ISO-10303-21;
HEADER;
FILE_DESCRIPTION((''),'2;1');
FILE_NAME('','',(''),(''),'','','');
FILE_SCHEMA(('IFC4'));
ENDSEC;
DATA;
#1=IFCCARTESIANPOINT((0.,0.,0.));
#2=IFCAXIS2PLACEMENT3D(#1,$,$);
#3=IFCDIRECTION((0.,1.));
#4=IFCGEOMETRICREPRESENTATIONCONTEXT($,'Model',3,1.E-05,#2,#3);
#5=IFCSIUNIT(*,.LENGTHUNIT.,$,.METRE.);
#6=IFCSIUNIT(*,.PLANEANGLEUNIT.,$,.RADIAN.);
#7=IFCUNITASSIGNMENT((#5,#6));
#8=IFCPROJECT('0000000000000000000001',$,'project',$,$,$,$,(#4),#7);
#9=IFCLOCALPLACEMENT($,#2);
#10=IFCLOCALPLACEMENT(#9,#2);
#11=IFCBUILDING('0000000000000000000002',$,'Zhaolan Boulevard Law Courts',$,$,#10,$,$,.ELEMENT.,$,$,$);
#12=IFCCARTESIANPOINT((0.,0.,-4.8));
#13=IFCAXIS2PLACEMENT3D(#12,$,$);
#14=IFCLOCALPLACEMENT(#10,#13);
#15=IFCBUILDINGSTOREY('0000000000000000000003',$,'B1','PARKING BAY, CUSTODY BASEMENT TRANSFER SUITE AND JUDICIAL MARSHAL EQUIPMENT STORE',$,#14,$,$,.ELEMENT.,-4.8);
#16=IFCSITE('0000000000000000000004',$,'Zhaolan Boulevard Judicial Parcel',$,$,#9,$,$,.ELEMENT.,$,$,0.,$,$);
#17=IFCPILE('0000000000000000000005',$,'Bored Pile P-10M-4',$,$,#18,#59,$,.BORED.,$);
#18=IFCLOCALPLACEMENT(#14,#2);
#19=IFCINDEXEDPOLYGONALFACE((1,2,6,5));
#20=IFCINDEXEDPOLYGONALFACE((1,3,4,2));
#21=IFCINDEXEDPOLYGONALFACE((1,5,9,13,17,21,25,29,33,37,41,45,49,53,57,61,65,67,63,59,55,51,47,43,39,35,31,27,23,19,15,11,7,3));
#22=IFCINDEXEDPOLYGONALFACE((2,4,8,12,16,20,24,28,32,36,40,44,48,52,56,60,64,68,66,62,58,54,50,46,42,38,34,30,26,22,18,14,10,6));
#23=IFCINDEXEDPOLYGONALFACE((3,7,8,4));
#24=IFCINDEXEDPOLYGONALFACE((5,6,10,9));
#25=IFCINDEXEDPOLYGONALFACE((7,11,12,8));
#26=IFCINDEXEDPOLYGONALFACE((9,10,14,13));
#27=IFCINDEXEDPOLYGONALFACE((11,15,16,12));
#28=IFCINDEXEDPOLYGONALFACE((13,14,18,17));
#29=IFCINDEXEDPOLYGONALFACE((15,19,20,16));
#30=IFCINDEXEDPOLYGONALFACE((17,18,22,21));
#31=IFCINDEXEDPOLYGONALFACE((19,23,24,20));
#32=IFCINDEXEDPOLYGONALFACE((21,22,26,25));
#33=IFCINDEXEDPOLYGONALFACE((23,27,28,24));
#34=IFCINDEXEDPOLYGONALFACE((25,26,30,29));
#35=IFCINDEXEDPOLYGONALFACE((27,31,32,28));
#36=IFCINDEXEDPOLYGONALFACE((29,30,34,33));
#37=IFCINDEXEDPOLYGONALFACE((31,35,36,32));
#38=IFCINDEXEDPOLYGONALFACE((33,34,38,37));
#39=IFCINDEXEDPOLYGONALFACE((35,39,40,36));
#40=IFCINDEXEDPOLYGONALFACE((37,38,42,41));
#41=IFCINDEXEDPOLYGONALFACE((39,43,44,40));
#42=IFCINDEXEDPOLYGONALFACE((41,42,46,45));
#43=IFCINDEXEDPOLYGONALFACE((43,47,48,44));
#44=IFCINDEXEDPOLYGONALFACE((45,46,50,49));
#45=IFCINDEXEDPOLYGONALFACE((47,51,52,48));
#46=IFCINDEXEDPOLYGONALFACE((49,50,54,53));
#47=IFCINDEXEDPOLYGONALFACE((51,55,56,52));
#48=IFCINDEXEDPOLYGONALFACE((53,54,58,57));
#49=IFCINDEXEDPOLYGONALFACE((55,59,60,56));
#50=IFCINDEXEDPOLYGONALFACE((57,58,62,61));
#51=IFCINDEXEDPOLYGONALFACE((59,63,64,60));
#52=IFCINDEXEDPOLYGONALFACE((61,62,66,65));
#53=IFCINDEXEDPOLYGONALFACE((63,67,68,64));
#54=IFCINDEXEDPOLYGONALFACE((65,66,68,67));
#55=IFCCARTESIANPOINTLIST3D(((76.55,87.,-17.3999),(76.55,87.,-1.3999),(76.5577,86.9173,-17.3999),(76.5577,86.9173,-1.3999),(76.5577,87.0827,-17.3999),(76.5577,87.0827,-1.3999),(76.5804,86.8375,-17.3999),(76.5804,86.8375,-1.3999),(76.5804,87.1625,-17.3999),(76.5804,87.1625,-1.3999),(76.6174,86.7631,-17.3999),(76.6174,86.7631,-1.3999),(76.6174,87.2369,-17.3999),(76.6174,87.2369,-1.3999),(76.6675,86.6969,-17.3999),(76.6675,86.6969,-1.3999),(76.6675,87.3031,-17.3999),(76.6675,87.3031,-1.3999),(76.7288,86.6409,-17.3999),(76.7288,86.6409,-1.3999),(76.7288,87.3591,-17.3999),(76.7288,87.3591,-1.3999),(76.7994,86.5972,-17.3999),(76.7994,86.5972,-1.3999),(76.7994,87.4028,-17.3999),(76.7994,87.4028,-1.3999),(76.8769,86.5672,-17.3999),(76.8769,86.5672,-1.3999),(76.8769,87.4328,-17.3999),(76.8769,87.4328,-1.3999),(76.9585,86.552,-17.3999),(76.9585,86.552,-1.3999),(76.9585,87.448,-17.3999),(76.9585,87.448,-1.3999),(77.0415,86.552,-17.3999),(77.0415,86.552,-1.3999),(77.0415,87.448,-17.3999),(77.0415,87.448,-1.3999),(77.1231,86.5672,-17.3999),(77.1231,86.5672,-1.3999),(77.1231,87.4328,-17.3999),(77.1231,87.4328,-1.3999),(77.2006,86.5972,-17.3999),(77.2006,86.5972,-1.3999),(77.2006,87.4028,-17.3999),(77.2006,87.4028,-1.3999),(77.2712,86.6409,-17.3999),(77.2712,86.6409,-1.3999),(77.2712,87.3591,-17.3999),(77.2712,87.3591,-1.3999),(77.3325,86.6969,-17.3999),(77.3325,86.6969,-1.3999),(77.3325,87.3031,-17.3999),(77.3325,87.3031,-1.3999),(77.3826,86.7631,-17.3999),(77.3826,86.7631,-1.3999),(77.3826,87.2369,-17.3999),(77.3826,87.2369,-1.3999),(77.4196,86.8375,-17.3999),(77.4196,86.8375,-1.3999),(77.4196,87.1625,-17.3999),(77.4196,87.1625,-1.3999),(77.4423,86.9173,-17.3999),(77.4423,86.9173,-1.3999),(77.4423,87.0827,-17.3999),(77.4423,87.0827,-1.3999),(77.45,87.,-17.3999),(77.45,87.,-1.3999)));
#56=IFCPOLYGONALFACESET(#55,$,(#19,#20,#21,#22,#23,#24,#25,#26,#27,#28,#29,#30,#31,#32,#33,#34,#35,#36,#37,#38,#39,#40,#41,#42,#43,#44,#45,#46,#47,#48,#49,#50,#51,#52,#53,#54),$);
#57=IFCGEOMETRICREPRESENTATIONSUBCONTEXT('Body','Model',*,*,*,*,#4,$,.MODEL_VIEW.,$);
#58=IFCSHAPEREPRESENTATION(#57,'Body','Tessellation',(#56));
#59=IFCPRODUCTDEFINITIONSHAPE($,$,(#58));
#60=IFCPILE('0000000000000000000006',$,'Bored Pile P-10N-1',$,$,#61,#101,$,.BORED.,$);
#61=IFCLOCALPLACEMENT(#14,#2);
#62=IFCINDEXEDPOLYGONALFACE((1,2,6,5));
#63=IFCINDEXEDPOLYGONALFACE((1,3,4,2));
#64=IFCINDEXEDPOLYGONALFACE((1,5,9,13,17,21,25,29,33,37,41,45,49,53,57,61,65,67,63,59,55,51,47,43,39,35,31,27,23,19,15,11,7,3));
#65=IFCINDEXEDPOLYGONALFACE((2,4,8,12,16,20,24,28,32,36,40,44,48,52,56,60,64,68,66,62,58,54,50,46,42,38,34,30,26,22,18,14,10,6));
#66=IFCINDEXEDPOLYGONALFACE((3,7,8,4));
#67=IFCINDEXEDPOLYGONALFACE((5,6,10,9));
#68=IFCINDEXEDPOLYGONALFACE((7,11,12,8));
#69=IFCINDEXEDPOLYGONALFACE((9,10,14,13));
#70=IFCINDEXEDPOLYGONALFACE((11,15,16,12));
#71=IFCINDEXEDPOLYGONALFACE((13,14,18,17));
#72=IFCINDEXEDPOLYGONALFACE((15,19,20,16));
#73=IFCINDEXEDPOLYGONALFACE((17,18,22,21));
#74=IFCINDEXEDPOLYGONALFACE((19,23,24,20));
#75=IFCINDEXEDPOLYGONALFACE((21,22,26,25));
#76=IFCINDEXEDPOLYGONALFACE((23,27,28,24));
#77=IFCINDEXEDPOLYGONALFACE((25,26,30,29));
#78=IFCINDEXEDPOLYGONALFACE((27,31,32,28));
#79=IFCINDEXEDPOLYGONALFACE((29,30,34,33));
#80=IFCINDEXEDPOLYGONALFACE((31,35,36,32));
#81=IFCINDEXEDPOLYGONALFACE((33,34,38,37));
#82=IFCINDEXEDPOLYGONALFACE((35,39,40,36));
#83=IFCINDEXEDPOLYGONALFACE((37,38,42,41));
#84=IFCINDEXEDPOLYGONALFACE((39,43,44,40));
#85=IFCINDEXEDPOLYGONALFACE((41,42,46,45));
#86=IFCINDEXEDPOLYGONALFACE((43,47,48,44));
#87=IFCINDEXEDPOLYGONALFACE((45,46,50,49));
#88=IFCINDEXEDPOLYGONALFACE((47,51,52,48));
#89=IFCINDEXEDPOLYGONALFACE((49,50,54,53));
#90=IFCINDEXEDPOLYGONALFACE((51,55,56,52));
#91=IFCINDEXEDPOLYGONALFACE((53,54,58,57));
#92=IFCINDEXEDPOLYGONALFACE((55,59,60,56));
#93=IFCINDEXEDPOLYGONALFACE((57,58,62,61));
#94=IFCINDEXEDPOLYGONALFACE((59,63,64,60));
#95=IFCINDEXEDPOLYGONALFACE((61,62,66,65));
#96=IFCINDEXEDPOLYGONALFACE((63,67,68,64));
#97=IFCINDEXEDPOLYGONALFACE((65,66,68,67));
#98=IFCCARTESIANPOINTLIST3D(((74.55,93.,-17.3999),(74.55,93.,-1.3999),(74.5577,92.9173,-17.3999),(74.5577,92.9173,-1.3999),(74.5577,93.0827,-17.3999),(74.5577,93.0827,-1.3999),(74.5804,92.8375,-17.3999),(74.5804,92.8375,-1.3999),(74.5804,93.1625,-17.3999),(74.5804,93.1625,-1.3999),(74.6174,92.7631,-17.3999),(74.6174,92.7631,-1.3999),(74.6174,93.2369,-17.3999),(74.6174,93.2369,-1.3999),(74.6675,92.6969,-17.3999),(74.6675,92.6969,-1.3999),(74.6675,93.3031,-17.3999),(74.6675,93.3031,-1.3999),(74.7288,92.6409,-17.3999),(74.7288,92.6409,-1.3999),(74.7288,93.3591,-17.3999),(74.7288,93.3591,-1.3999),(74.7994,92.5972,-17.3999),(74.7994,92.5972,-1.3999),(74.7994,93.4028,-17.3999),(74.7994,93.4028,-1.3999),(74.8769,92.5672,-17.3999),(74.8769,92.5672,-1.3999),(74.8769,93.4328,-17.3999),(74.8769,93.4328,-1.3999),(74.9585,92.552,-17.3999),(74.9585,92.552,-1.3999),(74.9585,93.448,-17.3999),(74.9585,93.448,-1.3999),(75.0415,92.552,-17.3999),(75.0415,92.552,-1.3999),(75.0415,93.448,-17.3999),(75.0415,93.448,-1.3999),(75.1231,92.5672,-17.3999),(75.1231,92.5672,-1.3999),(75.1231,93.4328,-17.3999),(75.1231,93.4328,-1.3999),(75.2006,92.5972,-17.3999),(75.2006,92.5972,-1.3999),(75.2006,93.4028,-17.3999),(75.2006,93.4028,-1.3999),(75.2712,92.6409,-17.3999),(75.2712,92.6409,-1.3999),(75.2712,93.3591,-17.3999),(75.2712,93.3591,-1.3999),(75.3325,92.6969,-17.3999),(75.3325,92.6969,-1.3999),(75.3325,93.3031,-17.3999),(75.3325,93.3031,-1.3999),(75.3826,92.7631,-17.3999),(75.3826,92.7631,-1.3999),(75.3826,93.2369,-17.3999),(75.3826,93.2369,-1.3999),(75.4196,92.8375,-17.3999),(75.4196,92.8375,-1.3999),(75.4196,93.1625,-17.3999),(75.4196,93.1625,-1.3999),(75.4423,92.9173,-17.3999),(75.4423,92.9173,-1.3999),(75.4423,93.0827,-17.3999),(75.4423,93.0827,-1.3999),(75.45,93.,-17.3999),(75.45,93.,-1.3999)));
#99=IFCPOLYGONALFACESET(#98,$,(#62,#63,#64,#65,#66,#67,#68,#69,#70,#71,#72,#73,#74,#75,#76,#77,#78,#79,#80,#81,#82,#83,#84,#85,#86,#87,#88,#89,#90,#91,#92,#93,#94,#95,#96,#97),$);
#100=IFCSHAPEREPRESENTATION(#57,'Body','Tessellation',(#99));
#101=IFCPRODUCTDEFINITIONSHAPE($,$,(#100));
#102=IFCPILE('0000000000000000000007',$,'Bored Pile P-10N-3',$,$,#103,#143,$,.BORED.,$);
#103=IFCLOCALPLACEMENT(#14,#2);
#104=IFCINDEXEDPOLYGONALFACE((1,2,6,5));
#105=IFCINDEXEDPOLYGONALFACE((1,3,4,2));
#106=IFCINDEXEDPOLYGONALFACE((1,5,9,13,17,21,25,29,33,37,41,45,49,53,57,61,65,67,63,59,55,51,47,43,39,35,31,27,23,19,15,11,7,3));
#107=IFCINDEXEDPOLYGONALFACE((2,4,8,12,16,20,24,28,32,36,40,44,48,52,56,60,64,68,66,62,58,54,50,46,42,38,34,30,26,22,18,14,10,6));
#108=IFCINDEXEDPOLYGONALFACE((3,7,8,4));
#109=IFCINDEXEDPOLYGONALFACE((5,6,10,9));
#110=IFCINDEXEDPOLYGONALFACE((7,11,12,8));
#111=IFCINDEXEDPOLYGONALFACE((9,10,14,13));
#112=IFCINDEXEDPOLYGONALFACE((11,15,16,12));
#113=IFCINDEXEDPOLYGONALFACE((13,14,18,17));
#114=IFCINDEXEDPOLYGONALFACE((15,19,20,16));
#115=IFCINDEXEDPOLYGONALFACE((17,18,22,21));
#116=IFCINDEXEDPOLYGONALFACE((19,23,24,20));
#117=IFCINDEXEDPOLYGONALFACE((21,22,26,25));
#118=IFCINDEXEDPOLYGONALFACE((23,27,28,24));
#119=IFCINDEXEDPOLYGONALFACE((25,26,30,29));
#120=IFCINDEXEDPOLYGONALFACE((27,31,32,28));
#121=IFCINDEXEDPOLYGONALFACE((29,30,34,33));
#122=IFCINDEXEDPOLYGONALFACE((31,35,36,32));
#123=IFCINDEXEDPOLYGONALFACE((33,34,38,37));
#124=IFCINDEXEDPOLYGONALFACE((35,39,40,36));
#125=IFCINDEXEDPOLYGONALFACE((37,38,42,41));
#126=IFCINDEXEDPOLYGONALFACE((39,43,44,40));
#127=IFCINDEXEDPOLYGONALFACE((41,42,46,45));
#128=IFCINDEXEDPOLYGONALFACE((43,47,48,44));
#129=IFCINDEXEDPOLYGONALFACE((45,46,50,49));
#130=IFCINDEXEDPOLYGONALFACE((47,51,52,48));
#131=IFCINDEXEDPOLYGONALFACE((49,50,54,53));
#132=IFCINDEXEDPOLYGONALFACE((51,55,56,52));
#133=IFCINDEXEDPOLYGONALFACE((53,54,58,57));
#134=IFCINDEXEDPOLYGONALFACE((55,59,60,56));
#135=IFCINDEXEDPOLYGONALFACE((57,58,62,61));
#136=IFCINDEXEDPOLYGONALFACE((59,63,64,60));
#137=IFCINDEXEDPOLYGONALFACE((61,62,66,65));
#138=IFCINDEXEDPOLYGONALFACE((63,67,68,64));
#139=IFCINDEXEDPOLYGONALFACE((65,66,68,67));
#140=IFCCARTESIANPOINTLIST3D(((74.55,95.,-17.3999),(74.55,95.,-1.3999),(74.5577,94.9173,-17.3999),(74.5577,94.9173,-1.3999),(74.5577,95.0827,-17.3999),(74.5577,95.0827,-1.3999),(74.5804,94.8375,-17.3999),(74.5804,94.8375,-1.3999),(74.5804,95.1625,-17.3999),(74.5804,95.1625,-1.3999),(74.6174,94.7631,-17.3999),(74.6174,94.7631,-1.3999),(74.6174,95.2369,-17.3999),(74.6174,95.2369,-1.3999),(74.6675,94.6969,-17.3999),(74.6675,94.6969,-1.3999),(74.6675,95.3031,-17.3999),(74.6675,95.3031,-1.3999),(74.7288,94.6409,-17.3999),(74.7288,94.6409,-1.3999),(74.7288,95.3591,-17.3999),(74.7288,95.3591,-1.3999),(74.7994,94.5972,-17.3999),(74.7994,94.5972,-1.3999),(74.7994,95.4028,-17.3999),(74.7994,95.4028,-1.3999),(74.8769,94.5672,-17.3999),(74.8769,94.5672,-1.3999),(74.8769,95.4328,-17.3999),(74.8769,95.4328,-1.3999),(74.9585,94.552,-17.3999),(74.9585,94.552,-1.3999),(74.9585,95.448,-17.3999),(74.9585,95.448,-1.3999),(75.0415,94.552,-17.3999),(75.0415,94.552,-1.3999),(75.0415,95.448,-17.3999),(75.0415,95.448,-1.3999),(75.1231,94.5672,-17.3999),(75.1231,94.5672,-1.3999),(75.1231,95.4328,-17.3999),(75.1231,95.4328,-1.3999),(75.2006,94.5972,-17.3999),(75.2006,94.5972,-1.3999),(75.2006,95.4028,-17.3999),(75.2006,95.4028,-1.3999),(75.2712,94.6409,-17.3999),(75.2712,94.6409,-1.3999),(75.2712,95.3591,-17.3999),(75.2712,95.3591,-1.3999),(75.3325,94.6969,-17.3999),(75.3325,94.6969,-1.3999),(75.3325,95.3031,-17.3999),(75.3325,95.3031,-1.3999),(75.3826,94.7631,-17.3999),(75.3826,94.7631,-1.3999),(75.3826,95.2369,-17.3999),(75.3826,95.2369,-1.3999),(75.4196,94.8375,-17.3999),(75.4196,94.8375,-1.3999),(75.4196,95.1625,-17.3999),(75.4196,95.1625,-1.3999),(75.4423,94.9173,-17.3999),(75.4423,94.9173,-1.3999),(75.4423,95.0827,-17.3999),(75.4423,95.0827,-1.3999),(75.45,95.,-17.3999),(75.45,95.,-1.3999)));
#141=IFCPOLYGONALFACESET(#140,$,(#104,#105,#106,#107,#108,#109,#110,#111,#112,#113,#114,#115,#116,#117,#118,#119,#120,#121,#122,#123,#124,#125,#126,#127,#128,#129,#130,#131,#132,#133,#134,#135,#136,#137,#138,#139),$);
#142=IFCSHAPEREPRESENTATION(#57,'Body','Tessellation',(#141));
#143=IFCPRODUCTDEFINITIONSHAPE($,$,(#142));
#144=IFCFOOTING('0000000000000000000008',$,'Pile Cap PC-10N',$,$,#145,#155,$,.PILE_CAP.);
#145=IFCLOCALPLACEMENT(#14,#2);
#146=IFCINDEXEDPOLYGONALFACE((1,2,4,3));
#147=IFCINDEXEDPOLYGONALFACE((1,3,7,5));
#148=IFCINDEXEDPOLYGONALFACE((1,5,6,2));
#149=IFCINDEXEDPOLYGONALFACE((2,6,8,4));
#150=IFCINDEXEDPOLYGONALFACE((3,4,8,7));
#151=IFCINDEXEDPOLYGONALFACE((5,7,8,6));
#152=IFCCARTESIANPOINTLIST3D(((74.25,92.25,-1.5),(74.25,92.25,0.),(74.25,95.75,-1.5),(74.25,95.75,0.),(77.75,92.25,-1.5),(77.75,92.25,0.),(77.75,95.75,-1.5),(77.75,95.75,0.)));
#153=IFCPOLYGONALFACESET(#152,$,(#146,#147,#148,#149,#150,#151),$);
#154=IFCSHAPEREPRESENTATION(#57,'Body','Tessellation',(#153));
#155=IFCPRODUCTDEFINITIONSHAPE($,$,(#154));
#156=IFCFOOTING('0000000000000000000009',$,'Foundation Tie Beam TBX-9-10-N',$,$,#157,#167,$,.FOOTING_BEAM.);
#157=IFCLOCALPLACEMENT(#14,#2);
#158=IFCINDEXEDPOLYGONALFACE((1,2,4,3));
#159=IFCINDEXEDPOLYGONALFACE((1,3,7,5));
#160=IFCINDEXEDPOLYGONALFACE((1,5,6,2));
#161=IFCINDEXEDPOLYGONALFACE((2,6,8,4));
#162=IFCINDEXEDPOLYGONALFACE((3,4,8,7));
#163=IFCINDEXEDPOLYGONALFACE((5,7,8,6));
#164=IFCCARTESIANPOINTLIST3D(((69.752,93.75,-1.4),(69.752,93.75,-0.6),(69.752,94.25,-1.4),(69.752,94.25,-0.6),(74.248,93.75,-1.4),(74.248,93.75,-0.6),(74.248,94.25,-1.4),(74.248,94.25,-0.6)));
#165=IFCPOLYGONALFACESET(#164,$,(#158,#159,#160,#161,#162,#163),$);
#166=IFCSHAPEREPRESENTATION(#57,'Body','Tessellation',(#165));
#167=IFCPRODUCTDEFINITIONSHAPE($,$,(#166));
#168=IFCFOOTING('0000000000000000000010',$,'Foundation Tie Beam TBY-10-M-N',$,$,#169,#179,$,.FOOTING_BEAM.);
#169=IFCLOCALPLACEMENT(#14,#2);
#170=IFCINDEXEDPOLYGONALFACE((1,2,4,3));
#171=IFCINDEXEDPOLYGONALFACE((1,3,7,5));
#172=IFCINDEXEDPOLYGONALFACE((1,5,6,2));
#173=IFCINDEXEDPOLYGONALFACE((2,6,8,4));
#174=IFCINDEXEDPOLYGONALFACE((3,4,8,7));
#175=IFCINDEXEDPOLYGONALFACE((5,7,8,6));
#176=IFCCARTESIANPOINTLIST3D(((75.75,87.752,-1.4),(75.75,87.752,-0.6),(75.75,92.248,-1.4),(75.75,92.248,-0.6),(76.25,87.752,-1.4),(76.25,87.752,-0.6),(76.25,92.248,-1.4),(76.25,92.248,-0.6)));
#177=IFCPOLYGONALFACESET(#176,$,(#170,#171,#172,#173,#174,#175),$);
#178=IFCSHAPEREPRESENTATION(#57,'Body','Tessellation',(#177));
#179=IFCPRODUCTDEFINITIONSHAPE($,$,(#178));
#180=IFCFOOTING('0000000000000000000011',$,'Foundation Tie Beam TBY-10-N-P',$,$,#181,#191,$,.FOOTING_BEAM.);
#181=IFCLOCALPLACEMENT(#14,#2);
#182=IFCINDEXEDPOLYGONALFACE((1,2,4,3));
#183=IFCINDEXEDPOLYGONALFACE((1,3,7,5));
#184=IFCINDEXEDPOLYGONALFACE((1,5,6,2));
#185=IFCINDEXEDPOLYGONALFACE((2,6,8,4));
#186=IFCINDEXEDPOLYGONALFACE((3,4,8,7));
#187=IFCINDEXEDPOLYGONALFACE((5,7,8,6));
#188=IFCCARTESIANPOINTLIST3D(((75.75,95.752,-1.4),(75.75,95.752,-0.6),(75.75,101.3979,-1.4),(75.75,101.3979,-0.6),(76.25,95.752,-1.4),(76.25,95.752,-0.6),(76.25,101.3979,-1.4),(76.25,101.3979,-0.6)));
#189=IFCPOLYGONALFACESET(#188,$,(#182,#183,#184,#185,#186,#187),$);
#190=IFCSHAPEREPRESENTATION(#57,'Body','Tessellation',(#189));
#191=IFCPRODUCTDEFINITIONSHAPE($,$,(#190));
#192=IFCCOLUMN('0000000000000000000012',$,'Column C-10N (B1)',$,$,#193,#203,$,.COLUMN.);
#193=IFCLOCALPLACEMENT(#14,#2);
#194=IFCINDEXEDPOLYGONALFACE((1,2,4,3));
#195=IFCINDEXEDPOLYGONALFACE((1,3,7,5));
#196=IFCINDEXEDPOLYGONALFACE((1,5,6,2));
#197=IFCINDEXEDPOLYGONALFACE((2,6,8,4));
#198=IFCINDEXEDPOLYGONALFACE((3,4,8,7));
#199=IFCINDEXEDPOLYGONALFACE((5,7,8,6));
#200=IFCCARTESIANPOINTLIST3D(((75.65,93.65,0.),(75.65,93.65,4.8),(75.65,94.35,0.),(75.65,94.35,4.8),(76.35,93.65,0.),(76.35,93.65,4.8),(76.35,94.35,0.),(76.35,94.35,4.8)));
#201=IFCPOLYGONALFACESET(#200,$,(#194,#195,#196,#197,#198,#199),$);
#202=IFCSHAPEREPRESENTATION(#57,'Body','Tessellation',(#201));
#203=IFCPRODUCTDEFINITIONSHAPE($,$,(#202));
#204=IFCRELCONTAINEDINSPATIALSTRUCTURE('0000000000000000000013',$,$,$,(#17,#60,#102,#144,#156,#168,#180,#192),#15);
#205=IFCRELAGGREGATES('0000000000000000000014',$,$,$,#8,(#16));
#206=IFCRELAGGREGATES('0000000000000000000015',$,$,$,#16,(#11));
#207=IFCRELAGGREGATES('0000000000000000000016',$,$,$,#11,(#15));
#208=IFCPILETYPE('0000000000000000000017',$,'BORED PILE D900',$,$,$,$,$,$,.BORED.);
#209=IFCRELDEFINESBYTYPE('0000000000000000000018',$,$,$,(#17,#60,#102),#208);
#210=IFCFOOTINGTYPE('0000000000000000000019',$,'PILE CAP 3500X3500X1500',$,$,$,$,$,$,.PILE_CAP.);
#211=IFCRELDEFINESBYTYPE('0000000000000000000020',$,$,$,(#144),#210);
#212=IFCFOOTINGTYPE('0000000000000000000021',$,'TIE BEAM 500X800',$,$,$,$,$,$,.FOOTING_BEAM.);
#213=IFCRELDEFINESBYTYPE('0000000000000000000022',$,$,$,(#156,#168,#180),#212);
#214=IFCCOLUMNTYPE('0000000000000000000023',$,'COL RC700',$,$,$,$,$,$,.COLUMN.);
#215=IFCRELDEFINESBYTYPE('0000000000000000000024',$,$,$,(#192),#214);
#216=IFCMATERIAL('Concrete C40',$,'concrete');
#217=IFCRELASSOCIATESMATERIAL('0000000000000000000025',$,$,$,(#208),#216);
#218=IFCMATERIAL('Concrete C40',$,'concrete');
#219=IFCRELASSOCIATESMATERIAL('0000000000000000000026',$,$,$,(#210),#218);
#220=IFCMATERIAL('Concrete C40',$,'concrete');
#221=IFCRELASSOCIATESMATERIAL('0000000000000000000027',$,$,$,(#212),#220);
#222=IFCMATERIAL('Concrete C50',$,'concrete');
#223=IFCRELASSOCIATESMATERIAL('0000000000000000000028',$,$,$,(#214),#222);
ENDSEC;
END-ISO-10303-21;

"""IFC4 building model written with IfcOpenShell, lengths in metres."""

from ifc_helpers import new_model, si_unit, direction, frame, origin, origin_2d, place, context, subcontext, project, spatial, rectangle, circle, extrude, material, material_profile, profile_set, type_object, element, save


model = new_model("IFC4")

# Units and contexts
model_context = context("Model", 3, precision=1e-05, world=origin(), true_north=direction((0.0, 1.0)))
body_context = subcontext(model_context, "Body", "Model", "MODEL_VIEW")
ifc_project = project(units=[si_unit("LENGTHUNIT", "METRE"), si_unit("PLANEANGLEUNIT", "RADIAN")], contexts=[model_context])

# Site, building, storey
site_placement = place(None, origin())
site = spatial("IfcSite", under=ifc_project, at=site_placement, Name="Zhaolan Boulevard Judicial Parcel", CompositionType="ELEMENT", RefElevation=0.0)
building_placement = place(site_placement, origin())
building = spatial("IfcBuilding", under=site, at=building_placement, Name="Zhaolan Boulevard Law Courts", CompositionType="ELEMENT")
storey_placement = place(building_placement, frame((0.0, 0.0, -4.8)))
storey = spatial("IfcBuildingStorey", under=building, at=storey_placement, Name="B1", Description="PARKING BAY, CUSTODY BASEMENT TRANSFER SUITE AND JUDICIAL MARSHAL EQUIPMENT STORE", CompositionType="ELEMENT", Elevation=-4.8)

# Piles
ifc_material_1 = material(Name="Concrete C40", Category="concrete")
ifc_material_profile_1 = material_profile(ifc_material_1, circle(Radius=0.45, at=origin_2d()), Name="PILE-D900")
ifc_profile_set_1 = profile_set([ifc_material_profile_1], Name="Concrete C40")
pile_type = type_object("IfcPileType", Name="BORED PILE D900", PredefinedType="BORED", material=ifc_profile_set_1)
for number, where, z_axis, x_axis, name in (
    (1, (77.0, 87.0, -1.3999), (0.0, 0.0, -1.0), (1.0, 0.0, 0.0), "Bored Pile P-10M-4"),
    (2, (75.0, 93.0, -1.3999), (0.0, 0.0, -1.0), (1.0, 0.0, 0.0), "Bored Pile P-10N-1"),
    (3, (75.0, 95.0, -1.3999), (0.0, 0.0, -1.0), (1.0, 0.0, 0.0), "Bored Pile P-10N-3"),
):
    element("IfcPile", number, at=place(storey_placement, frame(where, z_axis=z_axis, x_axis=x_axis)), inside=storey, type_object=pile_type, Name=name, PredefinedType="BORED", context=body_context, shape_type="SweptSolid", body=[
        extrude(circle(Radius=0.45, at=origin_2d()), origin(), (0.0, 0.0, 1.0), 16.0),
    ])

# Footings
ifc_material_2 = material(Name="Concrete C40", Category="concrete")
footing_type_1 = type_object("IfcFootingType", Name="PILE CAP 3500X3500X1500", PredefinedType="PILE_CAP", material=ifc_material_2)
footing_1_placement = place(storey_placement, frame((76.0, 94.0, -1.5), z_axis=(0.0, 0.0, 1.0), x_axis=(1.0, 0.0, 0.0)))
element("IfcFooting", 4, at=footing_1_placement, inside=storey, type_object=footing_type_1, Name="Pile Cap PC-10N", PredefinedType="PILE_CAP", context=body_context, shape_type="SweptSolid", body=[
    extrude(rectangle(XDim=3.5, YDim=3.5, at=origin_2d()), origin(), (0.0, 0.0, 1.0), 1.5),
])
ifc_material_3 = material(Name="Concrete C40", Category="concrete")
ifc_material_profile_2 = material_profile(ifc_material_3, rectangle(XDim=0.5, YDim=0.8, at=origin_2d()), Name="RC500x800")
ifc_profile_set_2 = profile_set([ifc_material_profile_2], Name="Concrete C40")
footing_type_2 = type_object("IfcFootingType", Name="TIE BEAM 500X800", PredefinedType="FOOTING_BEAM", material=ifc_profile_set_2)
for number, where, z_axis, x_axis, name in (
    (5, (69.752, 94.0, -1.0), (1.0, 0.0, 0.0), (0.0, 1.0, 0.0), "Foundation Tie Beam TBX-9-10-N"),
    (6, (76.0, 87.752, -1.0), (0.0, 1.0, 0.0), (-1.0, 0.0, 0.0), "Foundation Tie Beam TBY-10-M-N"),
):
    element("IfcFooting", number, at=place(storey_placement, frame(where, z_axis=z_axis, x_axis=x_axis)), inside=storey, type_object=footing_type_2, Name=name, PredefinedType="FOOTING_BEAM", context=body_context, shape_type="SweptSolid", body=[
        extrude(rectangle(XDim=0.5, YDim=0.8, at=origin_2d()), origin(), (0.0, 0.0, 1.0), 4.4961),
    ])
footing_2_placement = place(storey_placement, frame((76.0, 95.752, -1.0), z_axis=(0.0, 1.0, 0.0), x_axis=(-1.0, 0.0, 0.0)))
element("IfcFooting", 7, at=footing_2_placement, inside=storey, type_object=footing_type_2, Name="Foundation Tie Beam TBY-10-N-P", PredefinedType="FOOTING_BEAM", context=body_context, shape_type="SweptSolid", body=[
    extrude(rectangle(XDim=0.5, YDim=0.8, at=origin_2d()), origin(), (0.0, 0.0, 1.0), 5.646),
])

# Column
ifc_material_4 = material(Name="Concrete C50", Category="concrete")
ifc_material_profile_3 = material_profile(ifc_material_4, rectangle(XDim=0.7, YDim=0.7, at=origin_2d()), Name="RC700x700")
ifc_profile_set_3 = profile_set([ifc_material_profile_3], Name="Concrete C50")
column_type = type_object("IfcColumnType", Name="COL RC700", PredefinedType="COLUMN", material=ifc_profile_set_3)
column_placement = place(storey_placement, frame((76.0, 94.0, 0.0), z_axis=(0.0, 0.0, 1.0), x_axis=(1.0, 0.0, 0.0)))
element("IfcColumn", 8, at=column_placement, inside=storey, type_object=column_type, Name="Column C-10N (B1)", PredefinedType="COLUMN", context=body_context, shape_type="SweptSolid", body=[
    extrude(rectangle(XDim=0.7, YDim=0.7, at=origin_2d()), origin(), (0.0, 0.0, 1.0), 4.8),
])

save(model, "model.ifc")
